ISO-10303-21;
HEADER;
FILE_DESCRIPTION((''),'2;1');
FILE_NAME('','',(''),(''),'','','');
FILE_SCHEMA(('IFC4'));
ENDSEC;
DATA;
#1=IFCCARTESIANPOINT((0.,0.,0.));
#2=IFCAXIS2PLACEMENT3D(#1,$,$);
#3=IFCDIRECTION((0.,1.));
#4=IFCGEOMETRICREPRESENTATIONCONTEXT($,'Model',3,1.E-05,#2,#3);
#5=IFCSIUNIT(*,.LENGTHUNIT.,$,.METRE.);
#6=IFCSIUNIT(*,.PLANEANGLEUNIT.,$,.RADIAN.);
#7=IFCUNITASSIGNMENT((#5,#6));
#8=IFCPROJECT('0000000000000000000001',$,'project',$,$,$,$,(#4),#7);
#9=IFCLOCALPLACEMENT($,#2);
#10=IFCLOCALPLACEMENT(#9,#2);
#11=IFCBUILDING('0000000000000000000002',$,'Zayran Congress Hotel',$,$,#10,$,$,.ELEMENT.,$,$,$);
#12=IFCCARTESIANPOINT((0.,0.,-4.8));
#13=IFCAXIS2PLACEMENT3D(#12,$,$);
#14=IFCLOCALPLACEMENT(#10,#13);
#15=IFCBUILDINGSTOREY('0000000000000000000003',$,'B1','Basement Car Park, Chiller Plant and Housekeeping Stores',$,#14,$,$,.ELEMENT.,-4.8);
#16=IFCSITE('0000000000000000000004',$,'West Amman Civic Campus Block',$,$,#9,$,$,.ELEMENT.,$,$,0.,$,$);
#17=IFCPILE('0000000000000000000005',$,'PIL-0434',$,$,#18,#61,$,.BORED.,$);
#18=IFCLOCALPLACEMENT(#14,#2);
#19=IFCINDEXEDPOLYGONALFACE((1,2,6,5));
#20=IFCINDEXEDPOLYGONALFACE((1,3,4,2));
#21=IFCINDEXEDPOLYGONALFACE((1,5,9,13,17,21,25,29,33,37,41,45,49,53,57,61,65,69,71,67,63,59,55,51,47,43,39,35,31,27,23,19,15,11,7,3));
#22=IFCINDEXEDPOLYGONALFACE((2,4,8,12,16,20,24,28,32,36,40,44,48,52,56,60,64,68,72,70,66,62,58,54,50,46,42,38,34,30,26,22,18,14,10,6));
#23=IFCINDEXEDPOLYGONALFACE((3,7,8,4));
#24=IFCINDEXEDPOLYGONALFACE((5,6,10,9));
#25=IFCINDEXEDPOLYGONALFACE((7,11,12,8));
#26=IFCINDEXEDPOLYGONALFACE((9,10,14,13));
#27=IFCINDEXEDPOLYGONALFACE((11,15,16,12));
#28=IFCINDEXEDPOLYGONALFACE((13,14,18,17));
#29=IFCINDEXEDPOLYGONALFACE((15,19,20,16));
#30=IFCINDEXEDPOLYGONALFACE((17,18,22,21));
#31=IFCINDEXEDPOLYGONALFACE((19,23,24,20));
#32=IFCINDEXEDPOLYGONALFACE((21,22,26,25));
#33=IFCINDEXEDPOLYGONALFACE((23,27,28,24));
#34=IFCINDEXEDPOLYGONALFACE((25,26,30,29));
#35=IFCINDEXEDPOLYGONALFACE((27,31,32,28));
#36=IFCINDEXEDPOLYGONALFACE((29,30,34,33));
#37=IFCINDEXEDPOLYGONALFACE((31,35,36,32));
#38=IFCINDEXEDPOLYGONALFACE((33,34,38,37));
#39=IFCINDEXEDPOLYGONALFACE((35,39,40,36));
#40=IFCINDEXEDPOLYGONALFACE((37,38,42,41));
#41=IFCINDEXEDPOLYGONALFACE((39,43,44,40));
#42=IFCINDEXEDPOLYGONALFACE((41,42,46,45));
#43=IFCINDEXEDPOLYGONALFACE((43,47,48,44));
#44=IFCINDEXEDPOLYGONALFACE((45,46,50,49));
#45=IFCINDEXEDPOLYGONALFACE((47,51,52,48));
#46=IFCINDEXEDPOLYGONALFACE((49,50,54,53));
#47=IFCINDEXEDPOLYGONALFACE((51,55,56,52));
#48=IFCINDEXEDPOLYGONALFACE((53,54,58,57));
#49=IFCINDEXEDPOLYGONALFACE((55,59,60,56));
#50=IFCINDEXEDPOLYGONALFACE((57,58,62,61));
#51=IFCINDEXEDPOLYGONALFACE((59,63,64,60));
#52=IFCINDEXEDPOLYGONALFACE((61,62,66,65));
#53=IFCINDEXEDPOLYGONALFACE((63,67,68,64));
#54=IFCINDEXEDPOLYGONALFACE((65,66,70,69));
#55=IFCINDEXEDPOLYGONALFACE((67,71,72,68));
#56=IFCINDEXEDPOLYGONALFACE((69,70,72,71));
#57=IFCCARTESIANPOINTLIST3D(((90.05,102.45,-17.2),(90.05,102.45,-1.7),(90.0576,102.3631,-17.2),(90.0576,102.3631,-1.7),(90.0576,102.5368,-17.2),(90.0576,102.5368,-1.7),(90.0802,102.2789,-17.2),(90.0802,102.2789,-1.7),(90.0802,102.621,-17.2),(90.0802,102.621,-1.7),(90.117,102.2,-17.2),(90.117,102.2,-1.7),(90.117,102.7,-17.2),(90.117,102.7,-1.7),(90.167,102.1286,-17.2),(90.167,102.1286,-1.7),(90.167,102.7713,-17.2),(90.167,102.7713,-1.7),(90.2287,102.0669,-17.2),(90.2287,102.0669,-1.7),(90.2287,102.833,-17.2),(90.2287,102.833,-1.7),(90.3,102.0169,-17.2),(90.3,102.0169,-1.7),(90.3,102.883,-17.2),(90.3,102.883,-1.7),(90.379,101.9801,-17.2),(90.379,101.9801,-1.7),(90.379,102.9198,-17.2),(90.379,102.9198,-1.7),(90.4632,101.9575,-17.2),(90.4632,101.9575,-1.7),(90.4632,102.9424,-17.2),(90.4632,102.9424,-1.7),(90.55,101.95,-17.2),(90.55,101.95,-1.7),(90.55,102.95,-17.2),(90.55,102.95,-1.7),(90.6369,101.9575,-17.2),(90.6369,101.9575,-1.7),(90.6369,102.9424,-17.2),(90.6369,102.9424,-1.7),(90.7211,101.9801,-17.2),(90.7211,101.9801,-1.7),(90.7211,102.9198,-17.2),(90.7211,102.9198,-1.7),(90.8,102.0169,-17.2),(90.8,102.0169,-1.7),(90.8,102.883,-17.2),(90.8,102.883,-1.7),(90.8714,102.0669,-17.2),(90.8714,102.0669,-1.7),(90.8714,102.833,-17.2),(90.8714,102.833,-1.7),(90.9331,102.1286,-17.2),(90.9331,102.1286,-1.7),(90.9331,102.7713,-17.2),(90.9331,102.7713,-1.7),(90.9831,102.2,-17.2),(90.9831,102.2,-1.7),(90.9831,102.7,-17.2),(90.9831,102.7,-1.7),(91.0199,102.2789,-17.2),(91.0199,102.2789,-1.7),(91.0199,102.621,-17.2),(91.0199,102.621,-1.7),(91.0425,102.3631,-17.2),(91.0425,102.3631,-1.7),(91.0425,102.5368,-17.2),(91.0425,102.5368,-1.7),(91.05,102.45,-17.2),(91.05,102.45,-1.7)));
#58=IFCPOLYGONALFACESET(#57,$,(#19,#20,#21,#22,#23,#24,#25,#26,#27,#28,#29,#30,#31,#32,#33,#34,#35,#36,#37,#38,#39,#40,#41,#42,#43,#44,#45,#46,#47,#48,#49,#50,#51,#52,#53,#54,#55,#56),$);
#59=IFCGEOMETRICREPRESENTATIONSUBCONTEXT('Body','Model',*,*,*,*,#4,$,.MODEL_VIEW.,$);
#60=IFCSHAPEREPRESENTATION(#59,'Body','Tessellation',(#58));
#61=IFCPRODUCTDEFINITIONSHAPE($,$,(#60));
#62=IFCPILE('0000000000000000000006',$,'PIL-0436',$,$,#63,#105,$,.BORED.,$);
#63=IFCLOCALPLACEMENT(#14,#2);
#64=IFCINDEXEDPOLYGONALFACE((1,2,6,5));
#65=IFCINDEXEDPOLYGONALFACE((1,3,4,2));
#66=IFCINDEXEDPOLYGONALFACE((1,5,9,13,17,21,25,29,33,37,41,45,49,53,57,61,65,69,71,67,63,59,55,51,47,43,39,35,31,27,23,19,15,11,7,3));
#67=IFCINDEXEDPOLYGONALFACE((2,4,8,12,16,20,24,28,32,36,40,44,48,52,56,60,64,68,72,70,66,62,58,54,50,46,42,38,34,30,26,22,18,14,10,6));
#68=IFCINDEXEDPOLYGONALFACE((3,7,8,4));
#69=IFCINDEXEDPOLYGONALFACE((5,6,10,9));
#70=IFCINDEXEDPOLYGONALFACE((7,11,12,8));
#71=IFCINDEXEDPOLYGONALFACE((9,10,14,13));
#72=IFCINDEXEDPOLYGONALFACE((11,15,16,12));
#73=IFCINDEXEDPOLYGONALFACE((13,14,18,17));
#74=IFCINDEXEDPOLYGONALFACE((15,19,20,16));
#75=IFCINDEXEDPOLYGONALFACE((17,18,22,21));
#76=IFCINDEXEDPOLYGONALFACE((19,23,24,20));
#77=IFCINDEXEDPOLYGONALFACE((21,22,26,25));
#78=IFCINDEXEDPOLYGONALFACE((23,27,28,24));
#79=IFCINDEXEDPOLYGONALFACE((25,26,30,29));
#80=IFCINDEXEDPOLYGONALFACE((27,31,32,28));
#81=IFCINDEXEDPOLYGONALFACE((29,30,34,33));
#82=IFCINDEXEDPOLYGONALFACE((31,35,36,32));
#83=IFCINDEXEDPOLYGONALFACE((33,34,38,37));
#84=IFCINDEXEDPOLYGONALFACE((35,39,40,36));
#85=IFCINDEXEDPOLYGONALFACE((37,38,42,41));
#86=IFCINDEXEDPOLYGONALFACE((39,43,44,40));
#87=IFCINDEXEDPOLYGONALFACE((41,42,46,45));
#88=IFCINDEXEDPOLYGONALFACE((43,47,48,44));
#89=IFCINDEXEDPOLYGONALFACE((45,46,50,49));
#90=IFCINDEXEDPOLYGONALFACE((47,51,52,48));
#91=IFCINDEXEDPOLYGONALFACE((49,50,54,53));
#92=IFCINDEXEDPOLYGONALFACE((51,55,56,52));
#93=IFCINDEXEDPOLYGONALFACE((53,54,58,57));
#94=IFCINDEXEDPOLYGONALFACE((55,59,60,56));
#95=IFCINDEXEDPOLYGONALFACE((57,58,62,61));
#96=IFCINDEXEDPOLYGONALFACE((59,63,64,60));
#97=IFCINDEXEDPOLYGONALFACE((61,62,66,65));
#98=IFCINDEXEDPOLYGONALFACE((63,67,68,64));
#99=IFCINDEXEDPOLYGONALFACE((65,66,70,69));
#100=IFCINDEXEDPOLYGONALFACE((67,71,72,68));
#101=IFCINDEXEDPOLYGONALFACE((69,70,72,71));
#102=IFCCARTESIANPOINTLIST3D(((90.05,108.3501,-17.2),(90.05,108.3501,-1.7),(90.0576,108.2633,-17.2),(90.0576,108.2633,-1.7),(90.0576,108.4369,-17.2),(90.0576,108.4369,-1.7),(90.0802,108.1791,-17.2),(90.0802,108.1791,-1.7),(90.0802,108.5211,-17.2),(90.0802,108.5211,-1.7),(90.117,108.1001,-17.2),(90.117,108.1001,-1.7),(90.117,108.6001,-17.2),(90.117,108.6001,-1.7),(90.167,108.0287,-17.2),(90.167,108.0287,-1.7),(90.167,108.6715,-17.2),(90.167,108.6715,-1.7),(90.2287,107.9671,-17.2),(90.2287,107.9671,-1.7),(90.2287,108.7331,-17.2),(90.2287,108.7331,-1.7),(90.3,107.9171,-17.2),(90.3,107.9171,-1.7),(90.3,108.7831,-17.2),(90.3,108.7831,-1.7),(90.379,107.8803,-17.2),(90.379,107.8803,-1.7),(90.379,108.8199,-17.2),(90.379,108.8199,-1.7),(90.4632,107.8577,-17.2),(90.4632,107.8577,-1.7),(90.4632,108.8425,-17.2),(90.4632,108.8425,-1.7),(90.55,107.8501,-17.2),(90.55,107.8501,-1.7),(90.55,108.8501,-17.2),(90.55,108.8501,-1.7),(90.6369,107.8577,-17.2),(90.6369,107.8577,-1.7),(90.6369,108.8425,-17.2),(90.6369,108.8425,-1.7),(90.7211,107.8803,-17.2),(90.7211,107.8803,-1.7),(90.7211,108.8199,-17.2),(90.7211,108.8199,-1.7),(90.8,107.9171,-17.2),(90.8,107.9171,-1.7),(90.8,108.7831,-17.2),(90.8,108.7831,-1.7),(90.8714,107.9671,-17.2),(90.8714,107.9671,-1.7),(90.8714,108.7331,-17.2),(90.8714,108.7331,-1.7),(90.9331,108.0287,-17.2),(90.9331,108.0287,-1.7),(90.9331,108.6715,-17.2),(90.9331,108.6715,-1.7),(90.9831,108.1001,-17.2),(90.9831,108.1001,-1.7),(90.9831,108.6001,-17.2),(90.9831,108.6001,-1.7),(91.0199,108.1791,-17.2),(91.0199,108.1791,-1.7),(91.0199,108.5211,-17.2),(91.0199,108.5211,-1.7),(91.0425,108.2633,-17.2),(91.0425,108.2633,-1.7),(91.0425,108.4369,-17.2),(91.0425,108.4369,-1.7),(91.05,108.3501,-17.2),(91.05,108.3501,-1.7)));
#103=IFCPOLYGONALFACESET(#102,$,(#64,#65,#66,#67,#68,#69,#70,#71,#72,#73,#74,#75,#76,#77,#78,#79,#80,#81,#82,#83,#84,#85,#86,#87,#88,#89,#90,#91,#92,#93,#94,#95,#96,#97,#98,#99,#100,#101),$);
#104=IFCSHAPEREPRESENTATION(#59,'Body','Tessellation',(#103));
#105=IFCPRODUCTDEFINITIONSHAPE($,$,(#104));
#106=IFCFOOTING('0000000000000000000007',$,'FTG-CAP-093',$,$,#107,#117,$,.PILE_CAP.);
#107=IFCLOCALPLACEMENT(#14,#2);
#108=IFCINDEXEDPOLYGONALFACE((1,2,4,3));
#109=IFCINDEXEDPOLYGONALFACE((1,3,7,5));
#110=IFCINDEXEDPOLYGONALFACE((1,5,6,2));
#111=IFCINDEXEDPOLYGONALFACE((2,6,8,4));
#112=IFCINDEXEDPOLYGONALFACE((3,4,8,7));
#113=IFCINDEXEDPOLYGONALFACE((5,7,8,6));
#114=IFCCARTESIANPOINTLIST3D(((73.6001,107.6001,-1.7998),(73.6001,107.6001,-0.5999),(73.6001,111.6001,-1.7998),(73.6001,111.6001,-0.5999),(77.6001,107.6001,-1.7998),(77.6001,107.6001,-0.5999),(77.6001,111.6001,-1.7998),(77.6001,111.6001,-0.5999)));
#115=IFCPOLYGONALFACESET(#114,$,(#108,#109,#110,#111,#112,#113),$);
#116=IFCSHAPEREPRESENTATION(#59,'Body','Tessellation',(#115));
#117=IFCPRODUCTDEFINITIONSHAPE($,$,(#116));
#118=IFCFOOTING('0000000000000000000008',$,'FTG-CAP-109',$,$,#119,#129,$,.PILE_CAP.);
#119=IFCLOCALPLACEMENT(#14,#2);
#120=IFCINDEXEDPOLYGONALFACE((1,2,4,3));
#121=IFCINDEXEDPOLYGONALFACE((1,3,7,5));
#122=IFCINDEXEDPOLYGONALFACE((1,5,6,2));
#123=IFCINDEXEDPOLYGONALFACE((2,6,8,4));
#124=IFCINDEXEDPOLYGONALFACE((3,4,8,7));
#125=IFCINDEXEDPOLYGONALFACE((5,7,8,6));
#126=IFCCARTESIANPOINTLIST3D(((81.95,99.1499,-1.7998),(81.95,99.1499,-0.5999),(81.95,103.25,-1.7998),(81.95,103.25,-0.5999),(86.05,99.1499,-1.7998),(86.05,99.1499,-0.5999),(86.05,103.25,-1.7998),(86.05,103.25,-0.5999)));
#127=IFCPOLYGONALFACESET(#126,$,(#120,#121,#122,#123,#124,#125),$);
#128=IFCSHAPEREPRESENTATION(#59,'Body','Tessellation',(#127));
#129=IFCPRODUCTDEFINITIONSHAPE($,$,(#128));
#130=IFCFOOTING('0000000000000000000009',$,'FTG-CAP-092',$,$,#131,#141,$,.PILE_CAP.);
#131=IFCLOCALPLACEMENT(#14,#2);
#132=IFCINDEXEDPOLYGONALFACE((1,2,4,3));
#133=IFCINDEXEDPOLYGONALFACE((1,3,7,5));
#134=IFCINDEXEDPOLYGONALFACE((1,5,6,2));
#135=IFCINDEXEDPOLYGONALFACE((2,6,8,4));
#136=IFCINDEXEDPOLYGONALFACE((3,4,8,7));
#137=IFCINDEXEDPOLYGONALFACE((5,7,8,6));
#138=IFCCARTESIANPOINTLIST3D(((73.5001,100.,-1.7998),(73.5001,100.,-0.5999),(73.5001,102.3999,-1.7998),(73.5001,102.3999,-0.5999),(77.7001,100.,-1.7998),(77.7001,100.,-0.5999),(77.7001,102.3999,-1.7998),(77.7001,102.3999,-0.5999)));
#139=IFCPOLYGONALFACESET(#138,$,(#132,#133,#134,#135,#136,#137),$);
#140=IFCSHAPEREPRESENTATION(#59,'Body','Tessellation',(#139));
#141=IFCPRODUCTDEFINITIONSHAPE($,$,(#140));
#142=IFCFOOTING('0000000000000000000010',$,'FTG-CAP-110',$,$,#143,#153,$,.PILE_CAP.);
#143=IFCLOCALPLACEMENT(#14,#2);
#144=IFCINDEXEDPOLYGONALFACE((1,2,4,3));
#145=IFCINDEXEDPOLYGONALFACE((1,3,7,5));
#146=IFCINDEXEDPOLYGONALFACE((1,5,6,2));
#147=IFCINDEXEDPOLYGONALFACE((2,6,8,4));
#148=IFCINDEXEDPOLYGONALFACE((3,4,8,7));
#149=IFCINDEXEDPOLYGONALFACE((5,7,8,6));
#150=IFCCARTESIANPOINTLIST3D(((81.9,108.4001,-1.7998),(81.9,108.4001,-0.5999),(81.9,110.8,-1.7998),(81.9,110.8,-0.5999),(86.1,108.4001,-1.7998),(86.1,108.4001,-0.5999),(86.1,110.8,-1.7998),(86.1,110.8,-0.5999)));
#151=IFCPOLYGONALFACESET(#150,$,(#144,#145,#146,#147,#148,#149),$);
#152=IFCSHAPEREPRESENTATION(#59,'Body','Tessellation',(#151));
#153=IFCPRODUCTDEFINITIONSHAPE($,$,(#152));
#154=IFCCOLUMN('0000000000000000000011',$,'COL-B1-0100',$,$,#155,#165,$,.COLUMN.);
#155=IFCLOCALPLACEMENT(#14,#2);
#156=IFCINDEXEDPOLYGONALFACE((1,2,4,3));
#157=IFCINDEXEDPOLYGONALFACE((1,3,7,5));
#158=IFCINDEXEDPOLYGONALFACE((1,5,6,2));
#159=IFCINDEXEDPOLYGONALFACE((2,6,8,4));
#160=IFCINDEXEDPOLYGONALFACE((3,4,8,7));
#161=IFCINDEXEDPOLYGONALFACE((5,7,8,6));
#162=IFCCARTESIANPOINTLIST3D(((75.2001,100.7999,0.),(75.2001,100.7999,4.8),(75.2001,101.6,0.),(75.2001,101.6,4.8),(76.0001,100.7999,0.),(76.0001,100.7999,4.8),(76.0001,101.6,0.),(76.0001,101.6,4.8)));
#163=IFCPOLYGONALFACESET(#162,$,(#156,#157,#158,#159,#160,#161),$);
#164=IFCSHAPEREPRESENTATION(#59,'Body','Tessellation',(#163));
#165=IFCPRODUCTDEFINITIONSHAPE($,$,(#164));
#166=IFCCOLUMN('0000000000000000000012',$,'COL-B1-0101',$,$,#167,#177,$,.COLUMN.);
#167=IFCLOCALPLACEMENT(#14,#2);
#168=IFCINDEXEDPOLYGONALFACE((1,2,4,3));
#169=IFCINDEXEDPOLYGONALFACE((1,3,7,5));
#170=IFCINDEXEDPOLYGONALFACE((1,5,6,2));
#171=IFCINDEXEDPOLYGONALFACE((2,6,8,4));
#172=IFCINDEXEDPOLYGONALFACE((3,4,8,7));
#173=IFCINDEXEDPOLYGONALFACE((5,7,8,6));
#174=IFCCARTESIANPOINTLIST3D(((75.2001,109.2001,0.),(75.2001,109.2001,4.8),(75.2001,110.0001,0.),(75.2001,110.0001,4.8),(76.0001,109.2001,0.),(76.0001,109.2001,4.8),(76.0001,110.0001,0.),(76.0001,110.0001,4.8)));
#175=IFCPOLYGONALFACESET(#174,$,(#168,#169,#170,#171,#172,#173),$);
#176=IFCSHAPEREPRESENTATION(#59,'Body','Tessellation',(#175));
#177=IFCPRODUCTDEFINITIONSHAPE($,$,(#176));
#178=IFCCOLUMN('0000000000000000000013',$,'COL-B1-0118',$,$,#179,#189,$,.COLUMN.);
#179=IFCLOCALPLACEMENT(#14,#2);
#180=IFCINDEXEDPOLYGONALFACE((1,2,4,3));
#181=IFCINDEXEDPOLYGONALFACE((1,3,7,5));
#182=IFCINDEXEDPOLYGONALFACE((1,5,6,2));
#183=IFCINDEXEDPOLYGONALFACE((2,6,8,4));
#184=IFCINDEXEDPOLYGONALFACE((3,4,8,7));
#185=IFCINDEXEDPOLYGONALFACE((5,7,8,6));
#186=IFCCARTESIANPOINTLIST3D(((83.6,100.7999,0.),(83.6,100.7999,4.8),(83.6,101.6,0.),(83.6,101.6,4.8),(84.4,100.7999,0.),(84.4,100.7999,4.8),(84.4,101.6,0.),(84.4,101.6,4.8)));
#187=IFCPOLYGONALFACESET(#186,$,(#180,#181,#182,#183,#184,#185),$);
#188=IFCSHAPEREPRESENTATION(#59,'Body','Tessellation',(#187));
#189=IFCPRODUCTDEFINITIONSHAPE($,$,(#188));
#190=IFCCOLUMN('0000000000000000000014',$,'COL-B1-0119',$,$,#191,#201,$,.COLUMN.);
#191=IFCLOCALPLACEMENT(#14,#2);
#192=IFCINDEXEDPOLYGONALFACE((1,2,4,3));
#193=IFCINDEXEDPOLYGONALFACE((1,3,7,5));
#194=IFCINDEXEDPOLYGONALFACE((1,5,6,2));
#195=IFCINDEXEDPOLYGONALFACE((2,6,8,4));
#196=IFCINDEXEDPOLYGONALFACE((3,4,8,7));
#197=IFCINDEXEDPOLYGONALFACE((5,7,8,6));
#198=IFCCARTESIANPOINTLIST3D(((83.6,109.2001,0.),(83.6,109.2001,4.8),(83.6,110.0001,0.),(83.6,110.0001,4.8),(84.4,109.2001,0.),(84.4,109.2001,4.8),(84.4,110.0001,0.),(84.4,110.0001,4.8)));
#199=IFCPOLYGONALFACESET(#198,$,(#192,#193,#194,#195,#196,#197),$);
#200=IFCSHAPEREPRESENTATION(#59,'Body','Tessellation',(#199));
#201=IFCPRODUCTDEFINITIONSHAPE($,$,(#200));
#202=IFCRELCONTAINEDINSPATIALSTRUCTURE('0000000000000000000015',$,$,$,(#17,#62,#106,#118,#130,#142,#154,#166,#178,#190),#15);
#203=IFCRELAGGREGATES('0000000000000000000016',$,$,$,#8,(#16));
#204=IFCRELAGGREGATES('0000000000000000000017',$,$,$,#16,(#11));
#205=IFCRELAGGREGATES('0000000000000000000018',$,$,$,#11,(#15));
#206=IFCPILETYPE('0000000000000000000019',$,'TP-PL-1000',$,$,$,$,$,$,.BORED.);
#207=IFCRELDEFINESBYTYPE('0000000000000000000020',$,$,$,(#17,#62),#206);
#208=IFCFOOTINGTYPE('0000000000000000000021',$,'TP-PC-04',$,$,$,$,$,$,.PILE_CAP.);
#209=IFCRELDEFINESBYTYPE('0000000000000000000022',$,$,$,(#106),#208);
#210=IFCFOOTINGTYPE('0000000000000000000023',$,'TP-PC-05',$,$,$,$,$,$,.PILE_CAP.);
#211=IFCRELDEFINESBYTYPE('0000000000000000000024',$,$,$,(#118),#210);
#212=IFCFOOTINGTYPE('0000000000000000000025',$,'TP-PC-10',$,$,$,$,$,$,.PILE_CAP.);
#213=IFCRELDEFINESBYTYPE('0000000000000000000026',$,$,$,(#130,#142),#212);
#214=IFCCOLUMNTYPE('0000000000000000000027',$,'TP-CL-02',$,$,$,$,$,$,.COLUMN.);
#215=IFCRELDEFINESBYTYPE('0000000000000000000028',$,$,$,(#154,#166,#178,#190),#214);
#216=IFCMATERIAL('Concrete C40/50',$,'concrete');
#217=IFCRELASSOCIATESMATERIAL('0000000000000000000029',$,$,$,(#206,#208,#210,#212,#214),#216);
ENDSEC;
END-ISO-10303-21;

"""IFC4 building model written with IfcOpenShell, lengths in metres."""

from ifc_helpers import new_model, si_unit, direction, frame, origin, origin_2d, place, context, subcontext, project, spatial, rectangle, circle, extrude, material, material_profile, profile_set, type_object, element, save


model = new_model("IFC4")

# Units and contexts
model_context = context("Model", 3, precision=1e-05, world=origin(), true_north=direction((0.0, 1.0)))
body_context = subcontext(model_context, "Body", "Model", "MODEL_VIEW")
ifc_project = project(units=[si_unit("LENGTHUNIT", "METRE"), si_unit("PLANEANGLEUNIT", "RADIAN")], contexts=[model_context])

# Site, building, storey
site_placement = place(None, origin())
site = spatial("IfcSite", under=ifc_project, at=site_placement, Name="West Amman Civic Campus Block", CompositionType="ELEMENT", RefElevation=0.0)
building_placement = place(site_placement, origin())
building = spatial("IfcBuilding", under=site, at=building_placement, Name="Zayran Congress Hotel", CompositionType="ELEMENT")
storey_placement = place(building_placement, frame((0.0, 0.0, -4.8)))
storey = spatial("IfcBuildingStorey", under=building, at=storey_placement, Name="B1", Description="Basement Car Park, Chiller Plant and Housekeeping Stores", CompositionType="ELEMENT", Elevation=-4.8)

# Piles
ifc_material_1 = material(Name="Concrete C40/50", Category="concrete")
ifc_material_profile_1 = material_profile(ifc_material_1, circle(Radius=0.5, at=origin_2d()), Name="PILE D1000")
ifc_profile_set_1 = profile_set([ifc_material_profile_1], Name="Concrete C40/50")
pile_type = type_object("IfcPileType", Name="TP-PL-1000", PredefinedType="BORED", material=ifc_profile_set_1)
for number, where, z_axis, x_axis, name in (
    (1, (90.55, 102.45, -1.7), (0.0, 0.0, -1.0), (1.0, 0.0, 0.0), "PIL-0434"),
    (2, (90.55, 108.3501, -1.7), (0.0, 0.0, -1.0), (1.0, 0.0, 0.0), "PIL-0436"),
):
    element("IfcPile", number, at=place(storey_placement, frame(where, z_axis=z_axis, x_axis=x_axis)), inside=storey, type_object=pile_type, Name=name, PredefinedType="BORED", context=body_context, shape_type="SweptSolid", body=[
        extrude(circle(Radius=0.5, at=origin_2d()), origin(), (0.0, 0.0, 1.0), 15.5),
    ])

# Footings
footing_type_1 = type_object("IfcFootingType", Name="TP-PC-04", PredefinedType="PILE_CAP", material=ifc_material_1)
footing_1_placement = place(storey_placement, frame((75.6001, 109.6001, -1.7998), z_axis=(0.0, 0.0, 1.0), x_axis=(1.0, 0.0, 0.0)))
element("IfcFooting", 3, at=footing_1_placement, inside=storey, type_object=footing_type_1, Name="FTG-CAP-093", PredefinedType="PILE_CAP", context=body_context, shape_type="SweptSolid", body=[
    extrude(rectangle(XDim=4.0, YDim=4.0, at=origin_2d()), origin(), (0.0, 0.0, 1.0), 1.2),
])
footing_type_2 = type_object("IfcFootingType", Name="TP-PC-05", PredefinedType="PILE_CAP", material=ifc_material_1)
footing_2_placement = place(storey_placement, frame((84.0, 101.2, -1.7998), z_axis=(0.0, 0.0, 1.0), x_axis=(1.0, 0.0, 0.0)))
element("IfcFooting", 4, at=footing_2_placement, inside=storey, type_object=footing_type_2, Name="FTG-CAP-109", PredefinedType="PILE_CAP", context=body_context, shape_type="SweptSolid", body=[
    extrude(rectangle(XDim=4.1001, YDim=4.1001, at=origin_2d()), origin(), (0.0, 0.0, 1.0), 1.2),
])
footing_type_3 = type_object("IfcFootingType", Name="TP-PC-10", PredefinedType="PILE_CAP", material=ifc_material_1)
for number, where, z_axis, x_axis, name in (
    (5, (75.6001, 101.2, -1.7998), (0.0, 0.0, 1.0), (1.0, 0.0, 0.0), "FTG-CAP-092"),
    (6, (84.0, 109.6001, -1.7998), (0.0, 0.0, 1.0), (1.0, 0.0, 0.0), "FTG-CAP-110"),
):
    element("IfcFooting", number, at=place(storey_placement, frame(where, z_axis=z_axis, x_axis=x_axis)), inside=storey, type_object=footing_type_3, Name=name, PredefinedType="PILE_CAP", context=body_context, shape_type="SweptSolid", body=[
        extrude(rectangle(XDim=4.2, YDim=2.3999, at=origin_2d()), origin(), (0.0, 0.0, 1.0), 1.2),
    ])

# Columns
ifc_material_profile_2 = material_profile(ifc_material_1, rectangle(XDim=0.8, YDim=0.8, at=origin_2d()), Name="RC 800x800")
ifc_profile_set_2 = profile_set([ifc_material_profile_2], Name="Concrete C40/50")
column_type = type_object("IfcColumnType", Name="TP-CL-02", PredefinedType="COLUMN", material=ifc_profile_set_2)
for number, where, z_axis, x_axis, name in (
    (7, (75.6001, 101.2, 0.0), (0.0, 0.0, 1.0), (1.0, 0.0, 0.0), "COL-B1-0100"),
    (8, (75.6001, 109.6001, 0.0), (0.0, 0.0, 1.0), (1.0, 0.0, 0.0), "COL-B1-0101"),
    (9, (84.0, 101.2, 0.0), (0.0, 0.0, 1.0), (1.0, 0.0, 0.0), "COL-B1-0118"),
    (10, (84.0, 109.6001, 0.0), (0.0, 0.0, 1.0), (1.0, 0.0, 0.0), "COL-B1-0119"),
):
    element("IfcColumn", number, at=place(storey_placement, frame(where, z_axis=z_axis, x_axis=x_axis)), inside=storey, type_object=column_type, Name=name, PredefinedType="COLUMN", context=body_context, shape_type="SweptSolid", body=[
        extrude(rectangle(XDim=0.8, YDim=0.8, at=origin_2d()), origin(), (0.0, 0.0, 1.0), 4.8),
    ])

save(model, "model.ifc")
